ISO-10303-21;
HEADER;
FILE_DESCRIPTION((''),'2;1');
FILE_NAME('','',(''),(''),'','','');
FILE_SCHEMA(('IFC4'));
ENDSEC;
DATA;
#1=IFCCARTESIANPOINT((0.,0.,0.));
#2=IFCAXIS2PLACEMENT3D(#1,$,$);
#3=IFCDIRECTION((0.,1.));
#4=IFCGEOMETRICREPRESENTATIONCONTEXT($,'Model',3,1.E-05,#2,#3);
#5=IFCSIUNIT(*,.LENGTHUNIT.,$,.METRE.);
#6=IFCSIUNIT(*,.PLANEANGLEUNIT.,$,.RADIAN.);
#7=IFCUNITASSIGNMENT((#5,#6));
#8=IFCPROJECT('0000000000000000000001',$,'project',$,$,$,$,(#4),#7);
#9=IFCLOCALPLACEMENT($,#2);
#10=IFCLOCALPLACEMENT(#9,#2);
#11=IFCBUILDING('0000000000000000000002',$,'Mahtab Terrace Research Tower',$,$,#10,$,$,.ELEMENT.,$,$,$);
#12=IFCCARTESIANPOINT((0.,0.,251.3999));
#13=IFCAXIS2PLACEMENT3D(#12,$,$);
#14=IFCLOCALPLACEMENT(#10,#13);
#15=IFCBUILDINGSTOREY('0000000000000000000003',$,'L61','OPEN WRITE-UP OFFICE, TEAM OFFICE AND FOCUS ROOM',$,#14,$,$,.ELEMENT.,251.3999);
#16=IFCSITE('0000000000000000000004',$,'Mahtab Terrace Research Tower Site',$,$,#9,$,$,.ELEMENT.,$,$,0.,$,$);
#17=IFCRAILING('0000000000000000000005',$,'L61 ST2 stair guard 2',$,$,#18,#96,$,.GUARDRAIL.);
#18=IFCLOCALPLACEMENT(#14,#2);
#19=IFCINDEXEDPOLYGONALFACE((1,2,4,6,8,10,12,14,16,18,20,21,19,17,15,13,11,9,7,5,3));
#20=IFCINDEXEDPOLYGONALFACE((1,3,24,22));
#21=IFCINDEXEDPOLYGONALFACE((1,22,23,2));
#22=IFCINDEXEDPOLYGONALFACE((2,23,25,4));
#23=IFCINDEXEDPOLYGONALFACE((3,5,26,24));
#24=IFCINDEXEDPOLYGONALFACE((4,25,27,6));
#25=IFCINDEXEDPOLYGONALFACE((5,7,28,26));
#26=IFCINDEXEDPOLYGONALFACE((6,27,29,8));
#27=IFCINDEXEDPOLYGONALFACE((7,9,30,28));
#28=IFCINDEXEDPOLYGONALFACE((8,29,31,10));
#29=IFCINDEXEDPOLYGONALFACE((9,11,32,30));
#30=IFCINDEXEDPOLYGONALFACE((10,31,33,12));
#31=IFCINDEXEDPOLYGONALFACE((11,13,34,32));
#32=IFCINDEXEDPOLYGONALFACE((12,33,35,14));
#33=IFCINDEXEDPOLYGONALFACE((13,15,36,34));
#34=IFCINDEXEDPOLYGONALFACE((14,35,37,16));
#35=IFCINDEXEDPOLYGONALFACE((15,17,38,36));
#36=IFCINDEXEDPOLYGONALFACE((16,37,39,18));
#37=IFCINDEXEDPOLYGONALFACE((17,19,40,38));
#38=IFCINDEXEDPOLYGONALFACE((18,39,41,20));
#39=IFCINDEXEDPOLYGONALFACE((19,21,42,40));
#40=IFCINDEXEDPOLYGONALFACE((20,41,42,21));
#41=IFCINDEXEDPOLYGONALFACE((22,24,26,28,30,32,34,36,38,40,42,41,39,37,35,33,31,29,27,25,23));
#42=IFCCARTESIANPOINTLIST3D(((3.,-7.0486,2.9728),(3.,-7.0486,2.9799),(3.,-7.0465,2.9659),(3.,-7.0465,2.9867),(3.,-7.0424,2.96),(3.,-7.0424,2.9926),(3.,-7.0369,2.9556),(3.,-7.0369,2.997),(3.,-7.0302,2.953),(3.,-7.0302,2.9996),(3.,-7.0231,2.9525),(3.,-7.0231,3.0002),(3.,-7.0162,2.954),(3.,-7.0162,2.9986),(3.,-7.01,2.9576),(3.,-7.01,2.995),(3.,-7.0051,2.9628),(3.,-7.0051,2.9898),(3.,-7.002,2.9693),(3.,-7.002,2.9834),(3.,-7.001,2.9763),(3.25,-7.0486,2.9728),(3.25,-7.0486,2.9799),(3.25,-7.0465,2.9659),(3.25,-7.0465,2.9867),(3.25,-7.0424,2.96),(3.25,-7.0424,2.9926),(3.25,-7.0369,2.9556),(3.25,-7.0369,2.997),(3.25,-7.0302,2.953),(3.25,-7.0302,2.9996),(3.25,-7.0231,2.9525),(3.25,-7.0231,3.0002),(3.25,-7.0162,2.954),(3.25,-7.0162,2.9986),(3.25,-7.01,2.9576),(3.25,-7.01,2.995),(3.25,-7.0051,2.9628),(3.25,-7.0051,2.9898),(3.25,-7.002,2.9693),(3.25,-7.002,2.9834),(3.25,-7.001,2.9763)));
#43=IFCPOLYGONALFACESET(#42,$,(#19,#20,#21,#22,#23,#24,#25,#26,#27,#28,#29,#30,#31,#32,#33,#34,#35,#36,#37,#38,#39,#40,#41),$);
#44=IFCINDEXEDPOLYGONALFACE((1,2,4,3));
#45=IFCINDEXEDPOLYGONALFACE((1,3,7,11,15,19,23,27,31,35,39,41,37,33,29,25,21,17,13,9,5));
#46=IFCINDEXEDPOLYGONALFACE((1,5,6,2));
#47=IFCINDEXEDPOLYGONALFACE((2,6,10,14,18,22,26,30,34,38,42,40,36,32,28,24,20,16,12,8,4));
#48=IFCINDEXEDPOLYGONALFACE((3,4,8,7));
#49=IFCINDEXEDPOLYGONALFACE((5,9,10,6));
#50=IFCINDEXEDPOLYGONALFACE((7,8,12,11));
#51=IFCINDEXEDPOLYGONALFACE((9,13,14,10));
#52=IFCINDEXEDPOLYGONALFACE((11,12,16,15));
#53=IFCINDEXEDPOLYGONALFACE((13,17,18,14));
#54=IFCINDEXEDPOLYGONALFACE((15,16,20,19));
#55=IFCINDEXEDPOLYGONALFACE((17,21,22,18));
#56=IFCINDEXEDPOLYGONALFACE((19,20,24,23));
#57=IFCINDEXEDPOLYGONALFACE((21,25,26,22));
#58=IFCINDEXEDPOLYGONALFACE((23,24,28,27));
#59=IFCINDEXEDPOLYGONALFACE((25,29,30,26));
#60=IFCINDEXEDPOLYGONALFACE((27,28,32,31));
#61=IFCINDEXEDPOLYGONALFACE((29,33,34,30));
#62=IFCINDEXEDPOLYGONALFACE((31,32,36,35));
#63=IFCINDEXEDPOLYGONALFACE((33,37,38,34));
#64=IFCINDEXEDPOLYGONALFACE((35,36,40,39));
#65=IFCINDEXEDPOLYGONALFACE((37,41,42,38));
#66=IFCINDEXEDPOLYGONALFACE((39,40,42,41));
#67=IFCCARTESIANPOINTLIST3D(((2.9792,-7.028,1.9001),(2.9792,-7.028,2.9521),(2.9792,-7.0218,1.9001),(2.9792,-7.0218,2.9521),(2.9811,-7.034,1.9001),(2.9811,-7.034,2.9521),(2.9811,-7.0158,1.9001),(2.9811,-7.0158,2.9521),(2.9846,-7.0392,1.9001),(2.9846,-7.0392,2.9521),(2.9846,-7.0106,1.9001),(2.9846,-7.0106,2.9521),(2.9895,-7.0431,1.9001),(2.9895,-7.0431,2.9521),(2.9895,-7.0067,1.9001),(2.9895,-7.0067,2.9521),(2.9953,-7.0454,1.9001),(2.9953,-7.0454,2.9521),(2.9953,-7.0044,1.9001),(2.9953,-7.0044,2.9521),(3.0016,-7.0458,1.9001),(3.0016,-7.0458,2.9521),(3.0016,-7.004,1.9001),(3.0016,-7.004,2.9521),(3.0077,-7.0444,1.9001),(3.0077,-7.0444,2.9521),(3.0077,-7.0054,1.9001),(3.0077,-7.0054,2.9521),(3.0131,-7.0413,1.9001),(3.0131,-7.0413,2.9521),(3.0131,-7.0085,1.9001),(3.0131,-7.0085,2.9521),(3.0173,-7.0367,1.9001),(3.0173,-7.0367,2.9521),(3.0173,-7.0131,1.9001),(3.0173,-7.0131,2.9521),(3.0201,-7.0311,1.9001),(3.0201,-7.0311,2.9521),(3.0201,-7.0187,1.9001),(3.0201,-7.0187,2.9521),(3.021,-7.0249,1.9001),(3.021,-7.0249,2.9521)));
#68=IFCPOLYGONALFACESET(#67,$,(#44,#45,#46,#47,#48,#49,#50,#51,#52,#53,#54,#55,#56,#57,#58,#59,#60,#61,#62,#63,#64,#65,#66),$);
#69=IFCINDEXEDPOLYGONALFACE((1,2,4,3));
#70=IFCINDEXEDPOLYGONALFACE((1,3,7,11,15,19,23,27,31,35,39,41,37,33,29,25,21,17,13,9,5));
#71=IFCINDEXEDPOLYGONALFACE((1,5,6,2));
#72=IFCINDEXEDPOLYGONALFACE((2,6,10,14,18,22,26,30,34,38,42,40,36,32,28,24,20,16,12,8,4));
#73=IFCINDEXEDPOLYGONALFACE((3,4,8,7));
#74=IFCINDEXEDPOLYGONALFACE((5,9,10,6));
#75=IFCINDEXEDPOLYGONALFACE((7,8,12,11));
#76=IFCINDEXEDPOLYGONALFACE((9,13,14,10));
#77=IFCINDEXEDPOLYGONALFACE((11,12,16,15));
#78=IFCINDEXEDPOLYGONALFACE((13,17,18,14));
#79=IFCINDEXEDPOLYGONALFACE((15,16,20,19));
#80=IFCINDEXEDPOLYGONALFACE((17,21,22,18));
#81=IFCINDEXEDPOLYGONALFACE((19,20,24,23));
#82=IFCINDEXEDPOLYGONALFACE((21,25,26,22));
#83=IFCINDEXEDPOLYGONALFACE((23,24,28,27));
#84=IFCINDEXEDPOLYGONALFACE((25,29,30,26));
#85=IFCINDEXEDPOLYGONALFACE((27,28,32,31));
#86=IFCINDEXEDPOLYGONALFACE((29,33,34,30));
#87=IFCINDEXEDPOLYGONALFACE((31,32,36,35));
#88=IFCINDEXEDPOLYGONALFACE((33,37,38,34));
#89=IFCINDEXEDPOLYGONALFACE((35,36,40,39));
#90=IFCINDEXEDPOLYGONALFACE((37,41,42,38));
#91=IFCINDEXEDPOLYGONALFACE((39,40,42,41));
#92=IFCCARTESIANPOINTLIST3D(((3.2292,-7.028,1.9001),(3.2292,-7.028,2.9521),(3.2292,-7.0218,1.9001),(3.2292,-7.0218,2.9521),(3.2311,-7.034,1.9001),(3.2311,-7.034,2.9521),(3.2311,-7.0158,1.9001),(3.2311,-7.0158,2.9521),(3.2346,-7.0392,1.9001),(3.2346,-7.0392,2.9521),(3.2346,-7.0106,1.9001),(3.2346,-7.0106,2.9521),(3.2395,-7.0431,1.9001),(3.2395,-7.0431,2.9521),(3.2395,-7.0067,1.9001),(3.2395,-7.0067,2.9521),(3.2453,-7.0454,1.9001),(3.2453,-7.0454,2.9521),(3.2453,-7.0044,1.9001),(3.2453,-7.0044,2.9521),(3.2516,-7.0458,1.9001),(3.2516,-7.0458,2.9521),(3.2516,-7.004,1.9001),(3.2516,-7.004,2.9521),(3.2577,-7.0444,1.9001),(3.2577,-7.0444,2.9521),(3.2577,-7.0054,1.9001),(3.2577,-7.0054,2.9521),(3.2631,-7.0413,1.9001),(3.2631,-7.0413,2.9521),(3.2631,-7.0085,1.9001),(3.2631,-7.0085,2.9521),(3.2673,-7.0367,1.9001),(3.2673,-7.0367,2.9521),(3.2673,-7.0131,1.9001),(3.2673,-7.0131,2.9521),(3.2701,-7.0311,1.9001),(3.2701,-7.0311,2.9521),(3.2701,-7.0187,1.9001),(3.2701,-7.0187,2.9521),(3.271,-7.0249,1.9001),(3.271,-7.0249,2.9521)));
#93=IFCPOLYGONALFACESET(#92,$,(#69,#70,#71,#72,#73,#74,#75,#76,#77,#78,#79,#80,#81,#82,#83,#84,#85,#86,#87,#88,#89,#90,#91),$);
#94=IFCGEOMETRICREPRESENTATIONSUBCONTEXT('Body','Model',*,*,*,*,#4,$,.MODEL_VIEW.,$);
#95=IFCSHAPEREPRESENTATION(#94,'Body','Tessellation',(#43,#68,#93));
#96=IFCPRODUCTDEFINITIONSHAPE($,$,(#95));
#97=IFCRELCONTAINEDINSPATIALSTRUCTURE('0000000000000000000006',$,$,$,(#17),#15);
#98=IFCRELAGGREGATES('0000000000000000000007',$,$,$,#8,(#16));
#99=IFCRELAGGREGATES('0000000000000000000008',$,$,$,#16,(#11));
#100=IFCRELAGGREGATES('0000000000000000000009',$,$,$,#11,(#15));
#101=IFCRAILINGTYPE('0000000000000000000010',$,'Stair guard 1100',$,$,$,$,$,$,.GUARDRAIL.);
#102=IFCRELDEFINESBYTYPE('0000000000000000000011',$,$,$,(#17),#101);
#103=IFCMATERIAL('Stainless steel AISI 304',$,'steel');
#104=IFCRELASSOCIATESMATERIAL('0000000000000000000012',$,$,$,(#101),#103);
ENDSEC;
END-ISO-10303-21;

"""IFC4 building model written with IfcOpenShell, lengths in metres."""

from ifc_helpers import new_model, si_unit, direction, frame, origin, origin_2d, place, context, subcontext, project, spatial, circle, extrude, material, type_object, element, save


model = new_model("IFC4")

# Units and contexts
model_context = context("Model", 3, precision=1e-05, world=origin(), true_north=direction((0.0, 1.0)))
body_context = subcontext(model_context, "Body", "Model", "MODEL_VIEW")
ifc_project = project(units=[si_unit("LENGTHUNIT", "METRE"), si_unit("PLANEANGLEUNIT", "RADIAN")], contexts=[model_context])

# Site, building, storey
site_placement = place(None, origin())
site = spatial("IfcSite", under=ifc_project, at=site_placement, Name="Mahtab Terrace Research Tower Site", CompositionType="ELEMENT", RefElevation=0.0)
building_placement = place(site_placement, origin())
building = spatial("IfcBuilding", under=site, at=building_placement, Name="Mahtab Terrace Research Tower", CompositionType="ELEMENT")
storey_placement = place(building_placement, frame((0.0, 0.0, 251.3999)))
storey = spatial("IfcBuildingStorey", under=building, at=storey_placement, Name="L61", Description="OPEN WRITE-UP OFFICE, TEAM OFFICE AND FOCUS ROOM", CompositionType="ELEMENT", Elevation=251.3999)

# Shared definitions
ifc_material_1 = material(Name="Stainless steel AISI 304", Category="steel")

# Railing
railing_type_1 = type_object("IfcRailingType", Name="Stair guard 1100", PredefinedType="GUARDRAIL", material=ifc_material_1)
railing_1_placement = place(storey_placement, frame((3.0, -7.0249, 1.9001)))
element("IfcRailing", 1, at=railing_1_placement, inside=storey, type_object=railing_type_1, Name="L61 ST2 stair guard 2", PredefinedType="GUARDRAIL", context=body_context, shape_type="SweptSolid", body=[
    extrude(circle(Radius=0.0239, at=origin_2d()), frame((0.0, 0.0, 1.0762), z_axis=(1.0, 0.0, 0.0), x_axis=(0.0, 1.0, 0.0)), (0.0, 0.0, 1.0), 0.25),
    extrude(circle(Radius=0.021, at=origin_2d()), origin(), (0.0, 0.0, 1.0), 1.052),
    extrude(circle(Radius=0.021, at=origin_2d()), frame((0.25, 0.0, 0.0)), (0.0, 0.0, 1.0), 1.052),
])

save(model, "model.ifc")
